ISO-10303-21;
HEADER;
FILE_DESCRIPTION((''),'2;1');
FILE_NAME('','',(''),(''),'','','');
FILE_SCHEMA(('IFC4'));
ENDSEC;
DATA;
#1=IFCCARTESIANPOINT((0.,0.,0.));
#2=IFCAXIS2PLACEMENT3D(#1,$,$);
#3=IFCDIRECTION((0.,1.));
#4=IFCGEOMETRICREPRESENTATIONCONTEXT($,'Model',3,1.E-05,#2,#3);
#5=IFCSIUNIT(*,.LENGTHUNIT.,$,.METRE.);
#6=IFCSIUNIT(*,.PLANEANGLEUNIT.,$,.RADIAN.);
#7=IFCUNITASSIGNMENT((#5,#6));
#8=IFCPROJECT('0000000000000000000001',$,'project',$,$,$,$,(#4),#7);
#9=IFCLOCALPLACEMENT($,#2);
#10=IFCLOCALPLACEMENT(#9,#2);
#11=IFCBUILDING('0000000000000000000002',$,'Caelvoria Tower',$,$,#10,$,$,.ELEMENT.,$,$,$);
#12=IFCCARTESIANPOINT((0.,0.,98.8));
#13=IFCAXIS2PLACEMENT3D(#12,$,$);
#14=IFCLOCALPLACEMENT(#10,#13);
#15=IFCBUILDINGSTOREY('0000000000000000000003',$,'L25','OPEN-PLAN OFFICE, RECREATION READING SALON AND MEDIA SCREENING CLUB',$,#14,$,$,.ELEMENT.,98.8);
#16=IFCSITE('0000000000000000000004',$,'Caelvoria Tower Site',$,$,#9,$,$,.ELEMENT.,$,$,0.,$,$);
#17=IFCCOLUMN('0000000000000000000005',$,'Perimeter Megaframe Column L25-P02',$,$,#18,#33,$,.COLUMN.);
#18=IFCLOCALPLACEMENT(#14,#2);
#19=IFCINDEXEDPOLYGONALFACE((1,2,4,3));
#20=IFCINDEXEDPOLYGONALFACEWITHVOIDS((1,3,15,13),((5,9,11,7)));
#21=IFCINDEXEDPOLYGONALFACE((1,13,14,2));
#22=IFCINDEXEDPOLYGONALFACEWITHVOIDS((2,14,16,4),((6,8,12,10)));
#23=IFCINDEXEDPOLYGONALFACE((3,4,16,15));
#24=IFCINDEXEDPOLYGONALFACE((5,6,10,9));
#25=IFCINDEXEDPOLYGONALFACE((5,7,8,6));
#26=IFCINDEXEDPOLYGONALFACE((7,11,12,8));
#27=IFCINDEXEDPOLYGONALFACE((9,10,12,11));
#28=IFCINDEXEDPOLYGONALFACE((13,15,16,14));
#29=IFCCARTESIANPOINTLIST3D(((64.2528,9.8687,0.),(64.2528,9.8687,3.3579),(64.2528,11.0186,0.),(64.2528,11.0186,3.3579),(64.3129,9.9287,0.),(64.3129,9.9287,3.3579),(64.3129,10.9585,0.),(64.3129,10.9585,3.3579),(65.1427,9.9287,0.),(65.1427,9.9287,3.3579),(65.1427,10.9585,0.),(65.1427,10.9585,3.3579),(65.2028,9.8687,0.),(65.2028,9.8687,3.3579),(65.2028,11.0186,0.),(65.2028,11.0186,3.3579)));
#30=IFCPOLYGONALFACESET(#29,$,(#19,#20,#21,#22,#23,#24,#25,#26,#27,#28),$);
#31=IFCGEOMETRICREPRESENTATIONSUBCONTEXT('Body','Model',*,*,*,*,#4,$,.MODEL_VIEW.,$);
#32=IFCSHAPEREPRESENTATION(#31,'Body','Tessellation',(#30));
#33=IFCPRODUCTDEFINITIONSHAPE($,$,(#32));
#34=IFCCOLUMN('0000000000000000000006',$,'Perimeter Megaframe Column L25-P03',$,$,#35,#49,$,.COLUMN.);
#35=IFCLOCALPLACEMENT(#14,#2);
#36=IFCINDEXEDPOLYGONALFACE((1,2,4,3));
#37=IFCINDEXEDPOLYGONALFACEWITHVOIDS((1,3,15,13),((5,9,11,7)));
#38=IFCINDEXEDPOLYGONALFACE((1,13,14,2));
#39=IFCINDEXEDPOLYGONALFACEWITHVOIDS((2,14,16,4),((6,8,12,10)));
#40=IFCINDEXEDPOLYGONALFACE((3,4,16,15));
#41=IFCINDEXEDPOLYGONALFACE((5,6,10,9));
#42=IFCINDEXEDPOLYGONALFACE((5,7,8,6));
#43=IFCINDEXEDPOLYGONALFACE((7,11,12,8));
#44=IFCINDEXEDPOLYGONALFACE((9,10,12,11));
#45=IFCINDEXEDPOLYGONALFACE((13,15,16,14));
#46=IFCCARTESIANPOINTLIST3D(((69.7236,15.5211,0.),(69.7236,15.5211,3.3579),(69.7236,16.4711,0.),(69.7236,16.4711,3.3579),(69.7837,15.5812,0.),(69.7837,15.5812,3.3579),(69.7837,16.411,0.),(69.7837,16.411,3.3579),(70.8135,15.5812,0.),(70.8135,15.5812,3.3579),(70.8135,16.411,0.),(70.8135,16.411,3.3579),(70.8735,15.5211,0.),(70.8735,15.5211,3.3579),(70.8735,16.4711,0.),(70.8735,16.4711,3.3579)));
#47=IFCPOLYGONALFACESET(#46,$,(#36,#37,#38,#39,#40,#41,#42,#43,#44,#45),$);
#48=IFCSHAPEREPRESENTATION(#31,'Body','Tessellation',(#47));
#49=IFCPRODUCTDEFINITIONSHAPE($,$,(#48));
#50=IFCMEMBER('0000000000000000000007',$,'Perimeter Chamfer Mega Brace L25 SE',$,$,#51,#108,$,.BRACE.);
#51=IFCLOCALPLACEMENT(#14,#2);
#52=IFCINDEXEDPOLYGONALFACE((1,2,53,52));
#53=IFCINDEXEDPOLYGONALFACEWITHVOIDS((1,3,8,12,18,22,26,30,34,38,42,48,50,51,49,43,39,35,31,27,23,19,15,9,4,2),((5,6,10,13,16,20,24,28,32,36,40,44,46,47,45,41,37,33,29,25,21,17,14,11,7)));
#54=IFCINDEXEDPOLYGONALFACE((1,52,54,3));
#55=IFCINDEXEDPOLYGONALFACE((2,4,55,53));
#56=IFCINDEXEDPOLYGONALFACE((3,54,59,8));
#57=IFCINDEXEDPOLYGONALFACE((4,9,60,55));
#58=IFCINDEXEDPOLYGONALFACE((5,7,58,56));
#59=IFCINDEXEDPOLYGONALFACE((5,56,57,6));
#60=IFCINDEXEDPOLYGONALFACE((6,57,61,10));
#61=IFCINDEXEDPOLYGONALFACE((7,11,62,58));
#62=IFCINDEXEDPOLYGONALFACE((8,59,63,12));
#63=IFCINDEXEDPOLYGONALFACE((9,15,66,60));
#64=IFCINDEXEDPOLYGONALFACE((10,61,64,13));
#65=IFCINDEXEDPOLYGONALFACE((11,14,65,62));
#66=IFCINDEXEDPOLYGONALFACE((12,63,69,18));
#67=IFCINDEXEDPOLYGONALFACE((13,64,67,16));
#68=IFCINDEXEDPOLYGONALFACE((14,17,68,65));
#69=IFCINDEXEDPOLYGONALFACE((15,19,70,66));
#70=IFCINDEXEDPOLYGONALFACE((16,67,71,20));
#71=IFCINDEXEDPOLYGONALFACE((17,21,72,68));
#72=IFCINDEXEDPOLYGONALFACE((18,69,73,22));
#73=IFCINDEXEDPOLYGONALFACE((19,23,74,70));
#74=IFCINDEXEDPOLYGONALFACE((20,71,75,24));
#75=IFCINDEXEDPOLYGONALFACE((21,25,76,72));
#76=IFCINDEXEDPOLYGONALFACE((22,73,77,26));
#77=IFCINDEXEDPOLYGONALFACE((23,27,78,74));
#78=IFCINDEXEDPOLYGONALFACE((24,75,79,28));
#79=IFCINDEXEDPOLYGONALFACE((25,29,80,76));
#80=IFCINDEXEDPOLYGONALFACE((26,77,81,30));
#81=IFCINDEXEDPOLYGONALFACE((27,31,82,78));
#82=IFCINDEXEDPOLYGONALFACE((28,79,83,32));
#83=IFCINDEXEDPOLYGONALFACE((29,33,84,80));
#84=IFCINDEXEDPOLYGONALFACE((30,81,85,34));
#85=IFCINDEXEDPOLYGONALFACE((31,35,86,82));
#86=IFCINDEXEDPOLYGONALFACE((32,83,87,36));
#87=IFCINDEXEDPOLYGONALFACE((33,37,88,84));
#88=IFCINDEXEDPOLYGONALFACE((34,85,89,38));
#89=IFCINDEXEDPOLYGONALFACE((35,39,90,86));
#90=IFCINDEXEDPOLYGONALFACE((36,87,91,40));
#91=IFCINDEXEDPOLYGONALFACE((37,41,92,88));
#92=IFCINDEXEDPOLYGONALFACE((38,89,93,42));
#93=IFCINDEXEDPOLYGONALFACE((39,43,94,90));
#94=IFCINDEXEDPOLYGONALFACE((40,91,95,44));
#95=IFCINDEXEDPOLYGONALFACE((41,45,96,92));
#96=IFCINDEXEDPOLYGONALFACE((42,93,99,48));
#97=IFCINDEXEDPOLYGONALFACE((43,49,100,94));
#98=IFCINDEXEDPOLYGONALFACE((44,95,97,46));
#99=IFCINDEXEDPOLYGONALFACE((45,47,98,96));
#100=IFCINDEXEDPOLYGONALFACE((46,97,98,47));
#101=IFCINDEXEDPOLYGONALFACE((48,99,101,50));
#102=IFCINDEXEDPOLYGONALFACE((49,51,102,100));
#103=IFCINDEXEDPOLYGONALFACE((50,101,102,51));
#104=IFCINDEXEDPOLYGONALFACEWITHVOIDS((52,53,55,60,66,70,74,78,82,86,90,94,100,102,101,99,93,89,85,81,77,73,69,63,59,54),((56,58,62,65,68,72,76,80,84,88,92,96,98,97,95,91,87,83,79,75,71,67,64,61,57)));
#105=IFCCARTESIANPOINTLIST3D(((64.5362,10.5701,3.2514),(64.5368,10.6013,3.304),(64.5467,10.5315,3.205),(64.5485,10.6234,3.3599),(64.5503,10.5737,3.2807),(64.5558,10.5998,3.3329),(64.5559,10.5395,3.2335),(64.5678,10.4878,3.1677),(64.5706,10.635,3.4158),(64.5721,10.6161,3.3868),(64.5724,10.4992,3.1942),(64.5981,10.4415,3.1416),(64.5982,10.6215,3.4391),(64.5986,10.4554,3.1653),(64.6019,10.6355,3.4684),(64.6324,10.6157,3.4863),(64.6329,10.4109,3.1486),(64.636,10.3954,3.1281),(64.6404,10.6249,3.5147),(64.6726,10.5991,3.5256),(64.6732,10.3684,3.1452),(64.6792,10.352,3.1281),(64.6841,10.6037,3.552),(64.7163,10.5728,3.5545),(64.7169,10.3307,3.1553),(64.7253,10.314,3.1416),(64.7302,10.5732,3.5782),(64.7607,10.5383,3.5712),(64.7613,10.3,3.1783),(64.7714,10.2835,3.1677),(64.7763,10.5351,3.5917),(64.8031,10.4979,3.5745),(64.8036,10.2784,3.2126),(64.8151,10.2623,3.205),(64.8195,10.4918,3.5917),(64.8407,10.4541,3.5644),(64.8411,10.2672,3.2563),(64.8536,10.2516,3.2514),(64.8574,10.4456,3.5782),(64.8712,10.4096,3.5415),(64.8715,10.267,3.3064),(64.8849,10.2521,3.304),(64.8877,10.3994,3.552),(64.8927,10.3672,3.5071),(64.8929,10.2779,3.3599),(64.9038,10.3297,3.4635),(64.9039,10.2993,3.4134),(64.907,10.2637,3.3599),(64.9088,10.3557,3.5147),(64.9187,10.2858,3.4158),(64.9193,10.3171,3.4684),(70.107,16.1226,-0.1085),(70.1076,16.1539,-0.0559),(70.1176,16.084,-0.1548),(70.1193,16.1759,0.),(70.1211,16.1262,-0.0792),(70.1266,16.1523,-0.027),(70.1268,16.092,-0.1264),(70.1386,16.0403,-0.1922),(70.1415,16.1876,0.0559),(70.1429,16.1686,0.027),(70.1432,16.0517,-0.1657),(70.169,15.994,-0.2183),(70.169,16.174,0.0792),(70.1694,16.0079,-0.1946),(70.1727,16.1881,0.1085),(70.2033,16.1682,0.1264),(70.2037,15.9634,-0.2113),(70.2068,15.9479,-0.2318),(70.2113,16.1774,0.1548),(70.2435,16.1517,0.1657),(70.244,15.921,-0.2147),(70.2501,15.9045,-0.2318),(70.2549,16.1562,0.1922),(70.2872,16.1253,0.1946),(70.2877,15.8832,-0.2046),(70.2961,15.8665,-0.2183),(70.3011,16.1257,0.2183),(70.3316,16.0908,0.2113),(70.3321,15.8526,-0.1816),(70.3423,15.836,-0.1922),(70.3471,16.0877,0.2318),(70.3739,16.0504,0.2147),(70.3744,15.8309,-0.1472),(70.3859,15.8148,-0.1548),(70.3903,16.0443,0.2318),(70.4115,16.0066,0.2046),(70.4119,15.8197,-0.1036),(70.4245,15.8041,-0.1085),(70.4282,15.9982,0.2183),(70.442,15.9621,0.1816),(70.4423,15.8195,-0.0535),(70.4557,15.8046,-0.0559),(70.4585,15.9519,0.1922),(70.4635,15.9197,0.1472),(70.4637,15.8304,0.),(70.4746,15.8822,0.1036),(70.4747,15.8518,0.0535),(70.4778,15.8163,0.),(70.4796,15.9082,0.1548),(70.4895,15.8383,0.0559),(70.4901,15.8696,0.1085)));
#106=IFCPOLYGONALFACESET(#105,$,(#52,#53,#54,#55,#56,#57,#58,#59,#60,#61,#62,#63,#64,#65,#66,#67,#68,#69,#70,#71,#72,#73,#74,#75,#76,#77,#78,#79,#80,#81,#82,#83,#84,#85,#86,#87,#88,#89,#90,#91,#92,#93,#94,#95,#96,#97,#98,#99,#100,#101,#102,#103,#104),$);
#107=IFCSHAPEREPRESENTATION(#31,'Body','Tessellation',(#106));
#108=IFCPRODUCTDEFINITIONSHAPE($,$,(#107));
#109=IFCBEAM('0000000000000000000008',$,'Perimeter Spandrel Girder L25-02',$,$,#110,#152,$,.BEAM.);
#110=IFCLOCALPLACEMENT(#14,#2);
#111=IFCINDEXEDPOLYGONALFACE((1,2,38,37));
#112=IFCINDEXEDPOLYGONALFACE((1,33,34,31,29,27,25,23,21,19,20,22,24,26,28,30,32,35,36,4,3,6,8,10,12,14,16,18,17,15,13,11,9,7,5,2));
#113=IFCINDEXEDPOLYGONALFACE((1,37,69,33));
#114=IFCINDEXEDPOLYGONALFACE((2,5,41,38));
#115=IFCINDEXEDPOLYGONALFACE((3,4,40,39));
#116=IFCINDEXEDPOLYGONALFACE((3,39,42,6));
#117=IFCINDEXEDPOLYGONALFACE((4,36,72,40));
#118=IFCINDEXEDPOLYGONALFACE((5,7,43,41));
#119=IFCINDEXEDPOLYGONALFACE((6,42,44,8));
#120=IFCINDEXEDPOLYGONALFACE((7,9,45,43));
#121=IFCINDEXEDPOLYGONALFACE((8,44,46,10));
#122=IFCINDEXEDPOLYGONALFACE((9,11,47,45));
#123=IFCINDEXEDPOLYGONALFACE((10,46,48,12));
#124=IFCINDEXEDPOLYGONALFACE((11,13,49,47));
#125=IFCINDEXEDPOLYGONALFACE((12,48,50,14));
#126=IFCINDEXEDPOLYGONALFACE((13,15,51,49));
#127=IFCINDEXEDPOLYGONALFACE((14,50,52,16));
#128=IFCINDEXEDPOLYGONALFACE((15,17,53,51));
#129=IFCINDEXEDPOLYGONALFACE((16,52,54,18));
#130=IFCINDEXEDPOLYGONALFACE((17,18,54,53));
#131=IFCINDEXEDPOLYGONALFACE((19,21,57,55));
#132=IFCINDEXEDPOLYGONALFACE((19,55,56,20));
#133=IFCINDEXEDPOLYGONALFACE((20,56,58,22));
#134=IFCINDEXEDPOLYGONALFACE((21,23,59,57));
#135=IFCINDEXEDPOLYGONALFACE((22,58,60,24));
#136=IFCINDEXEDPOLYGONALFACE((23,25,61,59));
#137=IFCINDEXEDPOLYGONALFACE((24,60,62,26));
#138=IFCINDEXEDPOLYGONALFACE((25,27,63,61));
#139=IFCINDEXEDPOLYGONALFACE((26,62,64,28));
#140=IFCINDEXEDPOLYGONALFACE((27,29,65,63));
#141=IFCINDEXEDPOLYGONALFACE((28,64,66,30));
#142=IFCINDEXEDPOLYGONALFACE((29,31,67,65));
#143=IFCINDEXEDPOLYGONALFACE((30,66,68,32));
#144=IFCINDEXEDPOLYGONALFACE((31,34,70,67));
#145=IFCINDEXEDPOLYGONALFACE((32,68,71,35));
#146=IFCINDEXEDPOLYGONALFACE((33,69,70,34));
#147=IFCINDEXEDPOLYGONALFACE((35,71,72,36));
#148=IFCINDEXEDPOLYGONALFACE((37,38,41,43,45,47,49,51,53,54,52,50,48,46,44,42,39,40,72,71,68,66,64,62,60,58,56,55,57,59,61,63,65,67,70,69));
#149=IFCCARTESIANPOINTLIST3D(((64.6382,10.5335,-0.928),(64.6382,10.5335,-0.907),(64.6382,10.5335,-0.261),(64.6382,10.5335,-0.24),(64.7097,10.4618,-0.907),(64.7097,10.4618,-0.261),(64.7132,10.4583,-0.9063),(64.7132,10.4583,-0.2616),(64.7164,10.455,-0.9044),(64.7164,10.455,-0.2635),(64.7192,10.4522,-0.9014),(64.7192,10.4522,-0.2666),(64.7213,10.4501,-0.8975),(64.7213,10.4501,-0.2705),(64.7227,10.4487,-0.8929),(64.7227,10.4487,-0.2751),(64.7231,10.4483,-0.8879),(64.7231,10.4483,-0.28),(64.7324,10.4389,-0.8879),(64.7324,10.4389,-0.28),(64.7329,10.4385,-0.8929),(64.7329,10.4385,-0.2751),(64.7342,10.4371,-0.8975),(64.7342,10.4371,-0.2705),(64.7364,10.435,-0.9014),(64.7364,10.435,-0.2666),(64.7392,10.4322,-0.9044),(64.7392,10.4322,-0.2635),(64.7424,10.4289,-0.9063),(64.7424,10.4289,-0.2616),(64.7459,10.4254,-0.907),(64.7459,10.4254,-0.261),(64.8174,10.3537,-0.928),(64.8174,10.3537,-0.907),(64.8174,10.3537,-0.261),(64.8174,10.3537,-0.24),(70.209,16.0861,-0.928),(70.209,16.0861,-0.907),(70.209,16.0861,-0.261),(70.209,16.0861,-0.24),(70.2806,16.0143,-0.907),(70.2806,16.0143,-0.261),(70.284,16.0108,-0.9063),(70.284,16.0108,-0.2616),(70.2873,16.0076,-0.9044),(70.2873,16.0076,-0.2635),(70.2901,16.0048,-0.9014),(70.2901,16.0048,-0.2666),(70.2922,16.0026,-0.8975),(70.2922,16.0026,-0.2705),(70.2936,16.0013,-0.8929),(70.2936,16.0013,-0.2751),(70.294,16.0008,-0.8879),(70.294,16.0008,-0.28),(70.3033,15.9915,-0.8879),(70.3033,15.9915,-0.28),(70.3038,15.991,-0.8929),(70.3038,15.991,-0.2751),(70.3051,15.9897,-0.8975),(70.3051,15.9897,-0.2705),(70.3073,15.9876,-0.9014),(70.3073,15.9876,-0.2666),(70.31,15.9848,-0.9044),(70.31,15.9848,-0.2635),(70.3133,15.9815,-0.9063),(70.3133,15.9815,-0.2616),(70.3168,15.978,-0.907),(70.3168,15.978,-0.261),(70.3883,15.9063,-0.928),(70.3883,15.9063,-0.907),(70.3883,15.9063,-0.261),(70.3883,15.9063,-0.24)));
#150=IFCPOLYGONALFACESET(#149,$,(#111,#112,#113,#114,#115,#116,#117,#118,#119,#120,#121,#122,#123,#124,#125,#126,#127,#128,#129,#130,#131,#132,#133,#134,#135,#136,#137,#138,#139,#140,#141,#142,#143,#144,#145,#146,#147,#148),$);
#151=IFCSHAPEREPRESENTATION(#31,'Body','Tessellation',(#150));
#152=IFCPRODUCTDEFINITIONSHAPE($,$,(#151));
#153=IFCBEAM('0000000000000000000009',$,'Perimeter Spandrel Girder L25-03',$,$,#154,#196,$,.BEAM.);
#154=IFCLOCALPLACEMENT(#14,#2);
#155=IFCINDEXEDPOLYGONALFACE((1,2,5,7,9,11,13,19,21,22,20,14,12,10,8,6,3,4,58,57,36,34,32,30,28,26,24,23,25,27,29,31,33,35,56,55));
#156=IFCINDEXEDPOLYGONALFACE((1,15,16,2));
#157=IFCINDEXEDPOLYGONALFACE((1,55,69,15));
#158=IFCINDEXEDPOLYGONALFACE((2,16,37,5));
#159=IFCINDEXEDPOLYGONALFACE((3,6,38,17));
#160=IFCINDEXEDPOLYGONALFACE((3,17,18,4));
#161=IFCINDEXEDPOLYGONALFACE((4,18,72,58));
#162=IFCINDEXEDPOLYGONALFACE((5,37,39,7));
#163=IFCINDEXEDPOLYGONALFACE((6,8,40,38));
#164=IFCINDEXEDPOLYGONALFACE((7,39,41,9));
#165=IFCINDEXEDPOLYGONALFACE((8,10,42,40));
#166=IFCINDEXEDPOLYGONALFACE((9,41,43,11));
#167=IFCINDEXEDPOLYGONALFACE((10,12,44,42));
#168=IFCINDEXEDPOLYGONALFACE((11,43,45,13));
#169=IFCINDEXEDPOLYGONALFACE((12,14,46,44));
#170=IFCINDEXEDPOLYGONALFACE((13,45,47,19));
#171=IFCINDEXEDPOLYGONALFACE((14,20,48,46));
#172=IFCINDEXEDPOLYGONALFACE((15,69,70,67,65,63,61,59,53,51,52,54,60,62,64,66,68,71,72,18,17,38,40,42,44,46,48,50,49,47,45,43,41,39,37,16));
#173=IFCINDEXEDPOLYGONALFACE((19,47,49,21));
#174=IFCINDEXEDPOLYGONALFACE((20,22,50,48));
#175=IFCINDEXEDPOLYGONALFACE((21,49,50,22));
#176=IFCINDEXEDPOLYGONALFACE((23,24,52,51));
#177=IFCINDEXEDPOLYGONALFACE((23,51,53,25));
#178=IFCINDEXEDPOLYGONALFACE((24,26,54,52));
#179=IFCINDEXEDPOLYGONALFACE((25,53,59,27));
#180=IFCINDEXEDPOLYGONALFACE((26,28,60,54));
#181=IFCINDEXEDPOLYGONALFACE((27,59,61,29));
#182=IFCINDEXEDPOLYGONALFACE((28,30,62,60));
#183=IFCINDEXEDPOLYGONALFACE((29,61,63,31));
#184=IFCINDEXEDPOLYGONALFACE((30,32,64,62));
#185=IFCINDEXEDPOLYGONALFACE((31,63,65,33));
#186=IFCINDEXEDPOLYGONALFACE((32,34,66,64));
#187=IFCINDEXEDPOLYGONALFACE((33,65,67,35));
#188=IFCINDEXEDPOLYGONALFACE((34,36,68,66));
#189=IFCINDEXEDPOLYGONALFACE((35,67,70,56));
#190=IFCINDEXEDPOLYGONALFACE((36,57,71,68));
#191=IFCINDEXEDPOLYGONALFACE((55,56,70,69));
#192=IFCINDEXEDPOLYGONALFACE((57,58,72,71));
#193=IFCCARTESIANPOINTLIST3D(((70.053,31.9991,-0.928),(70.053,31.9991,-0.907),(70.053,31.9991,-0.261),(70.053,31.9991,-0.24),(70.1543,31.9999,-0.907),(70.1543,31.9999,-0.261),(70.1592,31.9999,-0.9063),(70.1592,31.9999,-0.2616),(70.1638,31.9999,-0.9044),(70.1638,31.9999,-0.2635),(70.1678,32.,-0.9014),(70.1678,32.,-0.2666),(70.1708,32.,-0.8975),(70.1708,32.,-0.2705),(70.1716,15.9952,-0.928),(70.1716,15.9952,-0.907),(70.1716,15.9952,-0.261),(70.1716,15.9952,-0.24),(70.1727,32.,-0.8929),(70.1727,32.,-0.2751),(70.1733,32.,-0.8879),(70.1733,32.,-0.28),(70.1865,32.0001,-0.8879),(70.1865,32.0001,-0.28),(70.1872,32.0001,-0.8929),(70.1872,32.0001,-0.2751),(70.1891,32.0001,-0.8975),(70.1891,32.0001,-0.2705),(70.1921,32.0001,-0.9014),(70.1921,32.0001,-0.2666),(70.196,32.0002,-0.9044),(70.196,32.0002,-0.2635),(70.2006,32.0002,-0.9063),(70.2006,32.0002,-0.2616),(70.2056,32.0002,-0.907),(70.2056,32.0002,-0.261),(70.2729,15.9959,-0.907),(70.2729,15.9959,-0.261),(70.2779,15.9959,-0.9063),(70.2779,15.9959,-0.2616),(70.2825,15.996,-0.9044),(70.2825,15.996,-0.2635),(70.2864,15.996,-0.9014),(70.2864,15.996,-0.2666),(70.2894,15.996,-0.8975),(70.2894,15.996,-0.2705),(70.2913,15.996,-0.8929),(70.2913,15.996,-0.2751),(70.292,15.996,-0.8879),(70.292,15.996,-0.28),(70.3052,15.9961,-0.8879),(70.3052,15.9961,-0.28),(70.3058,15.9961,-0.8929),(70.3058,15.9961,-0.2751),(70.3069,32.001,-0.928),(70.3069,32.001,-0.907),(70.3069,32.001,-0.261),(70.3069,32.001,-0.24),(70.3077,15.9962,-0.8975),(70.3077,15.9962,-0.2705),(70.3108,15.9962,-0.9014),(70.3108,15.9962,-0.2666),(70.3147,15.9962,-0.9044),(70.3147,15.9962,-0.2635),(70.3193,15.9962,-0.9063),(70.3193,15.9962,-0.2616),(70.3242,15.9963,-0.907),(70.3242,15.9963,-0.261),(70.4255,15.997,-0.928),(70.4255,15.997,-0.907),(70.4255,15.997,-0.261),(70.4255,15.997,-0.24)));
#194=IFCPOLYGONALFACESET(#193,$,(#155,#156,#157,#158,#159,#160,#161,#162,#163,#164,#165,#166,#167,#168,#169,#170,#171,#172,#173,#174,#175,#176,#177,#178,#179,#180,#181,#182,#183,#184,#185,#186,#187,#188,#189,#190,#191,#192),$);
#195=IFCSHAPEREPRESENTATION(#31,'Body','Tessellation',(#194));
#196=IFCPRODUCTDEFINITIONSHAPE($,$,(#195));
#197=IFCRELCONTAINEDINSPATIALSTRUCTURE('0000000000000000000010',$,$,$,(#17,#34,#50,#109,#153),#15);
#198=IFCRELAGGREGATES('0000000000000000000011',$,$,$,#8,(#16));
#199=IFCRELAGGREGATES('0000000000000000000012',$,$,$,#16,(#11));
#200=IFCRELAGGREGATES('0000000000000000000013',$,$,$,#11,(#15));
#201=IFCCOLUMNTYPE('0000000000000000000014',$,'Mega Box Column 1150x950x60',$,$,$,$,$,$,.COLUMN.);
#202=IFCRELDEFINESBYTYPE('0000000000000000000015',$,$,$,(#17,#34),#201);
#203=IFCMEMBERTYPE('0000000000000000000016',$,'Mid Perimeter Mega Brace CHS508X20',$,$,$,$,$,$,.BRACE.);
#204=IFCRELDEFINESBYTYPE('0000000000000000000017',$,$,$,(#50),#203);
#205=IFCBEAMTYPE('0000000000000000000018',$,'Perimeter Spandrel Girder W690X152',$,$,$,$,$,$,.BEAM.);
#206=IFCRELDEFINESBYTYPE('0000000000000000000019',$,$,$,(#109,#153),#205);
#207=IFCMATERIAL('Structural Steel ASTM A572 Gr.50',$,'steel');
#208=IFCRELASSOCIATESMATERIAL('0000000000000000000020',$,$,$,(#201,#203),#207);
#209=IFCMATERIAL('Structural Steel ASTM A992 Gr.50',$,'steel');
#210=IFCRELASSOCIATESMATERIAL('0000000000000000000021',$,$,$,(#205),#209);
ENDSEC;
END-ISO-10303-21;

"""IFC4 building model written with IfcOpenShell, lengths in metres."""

from ifc_helpers import new_model, si_unit, direction, frame, origin, origin_2d, place, context, subcontext, project, spatial, hollow_rectangle, hollow_circle, i_section, extrude, material, material_profile, profile_set, type_object, element, save


model = new_model("IFC4")

# Units and contexts
model_context = context("Model", 3, precision=1e-05, world=origin(), true_north=direction((0.0, 1.0)))
body_context = subcontext(model_context, "Body", "Model", "MODEL_VIEW")
ifc_project = project(units=[si_unit("LENGTHUNIT", "METRE"), si_unit("PLANEANGLEUNIT", "RADIAN")], contexts=[model_context])

# Site, building, storey
site_placement = place(None, origin())
site = spatial("IfcSite", under=ifc_project, at=site_placement, Name="Caelvoria Tower Site", CompositionType="ELEMENT", RefElevation=0.0)
building_placement = place(site_placement, origin())
building = spatial("IfcBuilding", under=site, at=building_placement, Name="Caelvoria Tower", CompositionType="ELEMENT")
storey_placement = place(building_placement, frame((0.0, 0.0, 98.8)))
storey = spatial("IfcBuildingStorey", under=building, at=storey_placement, Name="L25", Description="OPEN-PLAN OFFICE, RECREATION READING SALON AND MEDIA SCREENING CLUB", CompositionType="ELEMENT", Elevation=98.8)

# Columns
ifc_material_1 = material(Name="Structural Steel ASTM A572 Gr.50", Category="steel")
ifc_material_profile_1 = material_profile(ifc_material_1, hollow_rectangle(XDim=0.95, YDim=1.1499, WallThickness=0.0601, at=origin_2d()), Name="Structural Steel ASTM A572 Gr.50")
ifc_profile_set_1 = profile_set([ifc_material_profile_1], Name="BOX1150X950X60 - Structural Steel ASTM A572 Gr.50")
column_type = type_object("IfcColumnType", Name="Mega Box Column 1150x950x60", PredefinedType="COLUMN", material=ifc_profile_set_1)
for number, where, z_axis, x_axis, name in (
    (1, (64.7278, 10.4436, 0.0), (0.0, 0.0, 1.0), (1.0, 0.0, 0.0), "Perimeter Megaframe Column L25-P02"),
    (2, (70.2986, 15.9961, 0.0), (0.0, 0.0, 1.0), (0.0, 1.0, 0.0), "Perimeter Megaframe Column L25-P03"),
):
    element("IfcColumn", number, at=place(storey_placement, frame(where, z_axis=z_axis, x_axis=x_axis)), inside=storey, type_object=column_type, Name=name, PredefinedType="COLUMN", context=body_context, shape_type="SweptSolid", body=[
        extrude(hollow_rectangle(XDim=0.95, YDim=1.1499, WallThickness=0.0601, at=origin_2d()), origin(), (0.0, 0.0, 1.0), 3.3579),
    ])

# Member
ifc_material_profile_2 = material_profile(ifc_material_1, hollow_circle(Radius=0.2539, WallThickness=0.02, at=origin_2d()), Name="Structural Steel ASTM A572 Gr.50")
ifc_profile_set_2 = profile_set([ifc_material_profile_2], Name="CHS508X20 - Structural Steel ASTM A572 Gr.50")
member_type = type_object("IfcMemberType", Name="Mid Perimeter Mega Brace CHS508X20", PredefinedType="BRACE", material=ifc_profile_set_2)
member_placement = place(storey_placement, frame((70.2986, 15.9961, 0.0), z_axis=(-0.651332, -0.649191, 0.392832), x_axis=(0.705942, -0.70827, 0.0)))
element("IfcMember", 3, at=member_placement, inside=storey, type_object=member_type, Name="Perimeter Chamfer Mega Brace L25 SE", PredefinedType="BRACE", context=body_context, shape_type="SweptSolid", body=[
    extrude(hollow_circle(Radius=0.2539, WallThickness=0.02, at=origin_2d()), origin(), (0.0, 0.0, 1.0), 8.553),
])

# Beams
ifc_material_2 = material(Name="Structural Steel ASTM A992 Gr.50", Category="steel")
ifc_material_profile_3 = material_profile(ifc_material_2, i_section(OverallWidth=0.2539, OverallDepth=0.688, WebThickness=0.0132, FlangeThickness=0.021, FilletRadius=0.019, at=origin_2d()), Name="Structural Steel ASTM A992 Gr.50")
ifc_profile_set_3 = profile_set([ifc_material_profile_3], Name="W690X152 - Structural Steel ASTM A992 Gr.50")
beam_type_1 = type_object("IfcBeamType", Name="Perimeter Spandrel Girder W690X152", PredefinedType="BEAM", material=ifc_profile_set_3)
beam_1_placement = place(storey_placement, frame((64.7278, 10.4436, -0.584), z_axis=(0.70827, 0.705942, 0.0), x_axis=(-0.705942, 0.70827, 0.0)))
element("IfcBeam", 4, at=beam_1_placement, inside=storey, type_object=beam_type_1, Name="Perimeter Spandrel Girder L25-02", PredefinedType="BEAM", context=body_context, shape_type="SweptSolid", body=[
    extrude(i_section(OverallWidth=0.2539, OverallDepth=0.688, WebThickness=0.0132, FlangeThickness=0.021, FilletRadius=0.019, at=origin_2d()), origin(), (0.0, 0.0, 1.0), 7.8655),
])
beam_2_placement = place(storey_placement, frame((70.2986, 15.9961, -0.584), z_axis=(-0.007414, 0.999973, 0.0), x_axis=(-0.999973, -0.007414, 0.0)))
element("IfcBeam", 5, at=beam_2_placement, inside=storey, type_object=beam_type_1, Name="Perimeter Spandrel Girder L25-03", PredefinedType="BEAM", context=body_context, shape_type="SweptSolid", body=[
    extrude(i_section(OverallWidth=0.2539, OverallDepth=0.688, WebThickness=0.0132, FlangeThickness=0.021, FilletRadius=0.019, at=origin_2d()), origin(), (0.0, 0.0, 1.0), 16.0044),
])

save(model, "model.ifc")
